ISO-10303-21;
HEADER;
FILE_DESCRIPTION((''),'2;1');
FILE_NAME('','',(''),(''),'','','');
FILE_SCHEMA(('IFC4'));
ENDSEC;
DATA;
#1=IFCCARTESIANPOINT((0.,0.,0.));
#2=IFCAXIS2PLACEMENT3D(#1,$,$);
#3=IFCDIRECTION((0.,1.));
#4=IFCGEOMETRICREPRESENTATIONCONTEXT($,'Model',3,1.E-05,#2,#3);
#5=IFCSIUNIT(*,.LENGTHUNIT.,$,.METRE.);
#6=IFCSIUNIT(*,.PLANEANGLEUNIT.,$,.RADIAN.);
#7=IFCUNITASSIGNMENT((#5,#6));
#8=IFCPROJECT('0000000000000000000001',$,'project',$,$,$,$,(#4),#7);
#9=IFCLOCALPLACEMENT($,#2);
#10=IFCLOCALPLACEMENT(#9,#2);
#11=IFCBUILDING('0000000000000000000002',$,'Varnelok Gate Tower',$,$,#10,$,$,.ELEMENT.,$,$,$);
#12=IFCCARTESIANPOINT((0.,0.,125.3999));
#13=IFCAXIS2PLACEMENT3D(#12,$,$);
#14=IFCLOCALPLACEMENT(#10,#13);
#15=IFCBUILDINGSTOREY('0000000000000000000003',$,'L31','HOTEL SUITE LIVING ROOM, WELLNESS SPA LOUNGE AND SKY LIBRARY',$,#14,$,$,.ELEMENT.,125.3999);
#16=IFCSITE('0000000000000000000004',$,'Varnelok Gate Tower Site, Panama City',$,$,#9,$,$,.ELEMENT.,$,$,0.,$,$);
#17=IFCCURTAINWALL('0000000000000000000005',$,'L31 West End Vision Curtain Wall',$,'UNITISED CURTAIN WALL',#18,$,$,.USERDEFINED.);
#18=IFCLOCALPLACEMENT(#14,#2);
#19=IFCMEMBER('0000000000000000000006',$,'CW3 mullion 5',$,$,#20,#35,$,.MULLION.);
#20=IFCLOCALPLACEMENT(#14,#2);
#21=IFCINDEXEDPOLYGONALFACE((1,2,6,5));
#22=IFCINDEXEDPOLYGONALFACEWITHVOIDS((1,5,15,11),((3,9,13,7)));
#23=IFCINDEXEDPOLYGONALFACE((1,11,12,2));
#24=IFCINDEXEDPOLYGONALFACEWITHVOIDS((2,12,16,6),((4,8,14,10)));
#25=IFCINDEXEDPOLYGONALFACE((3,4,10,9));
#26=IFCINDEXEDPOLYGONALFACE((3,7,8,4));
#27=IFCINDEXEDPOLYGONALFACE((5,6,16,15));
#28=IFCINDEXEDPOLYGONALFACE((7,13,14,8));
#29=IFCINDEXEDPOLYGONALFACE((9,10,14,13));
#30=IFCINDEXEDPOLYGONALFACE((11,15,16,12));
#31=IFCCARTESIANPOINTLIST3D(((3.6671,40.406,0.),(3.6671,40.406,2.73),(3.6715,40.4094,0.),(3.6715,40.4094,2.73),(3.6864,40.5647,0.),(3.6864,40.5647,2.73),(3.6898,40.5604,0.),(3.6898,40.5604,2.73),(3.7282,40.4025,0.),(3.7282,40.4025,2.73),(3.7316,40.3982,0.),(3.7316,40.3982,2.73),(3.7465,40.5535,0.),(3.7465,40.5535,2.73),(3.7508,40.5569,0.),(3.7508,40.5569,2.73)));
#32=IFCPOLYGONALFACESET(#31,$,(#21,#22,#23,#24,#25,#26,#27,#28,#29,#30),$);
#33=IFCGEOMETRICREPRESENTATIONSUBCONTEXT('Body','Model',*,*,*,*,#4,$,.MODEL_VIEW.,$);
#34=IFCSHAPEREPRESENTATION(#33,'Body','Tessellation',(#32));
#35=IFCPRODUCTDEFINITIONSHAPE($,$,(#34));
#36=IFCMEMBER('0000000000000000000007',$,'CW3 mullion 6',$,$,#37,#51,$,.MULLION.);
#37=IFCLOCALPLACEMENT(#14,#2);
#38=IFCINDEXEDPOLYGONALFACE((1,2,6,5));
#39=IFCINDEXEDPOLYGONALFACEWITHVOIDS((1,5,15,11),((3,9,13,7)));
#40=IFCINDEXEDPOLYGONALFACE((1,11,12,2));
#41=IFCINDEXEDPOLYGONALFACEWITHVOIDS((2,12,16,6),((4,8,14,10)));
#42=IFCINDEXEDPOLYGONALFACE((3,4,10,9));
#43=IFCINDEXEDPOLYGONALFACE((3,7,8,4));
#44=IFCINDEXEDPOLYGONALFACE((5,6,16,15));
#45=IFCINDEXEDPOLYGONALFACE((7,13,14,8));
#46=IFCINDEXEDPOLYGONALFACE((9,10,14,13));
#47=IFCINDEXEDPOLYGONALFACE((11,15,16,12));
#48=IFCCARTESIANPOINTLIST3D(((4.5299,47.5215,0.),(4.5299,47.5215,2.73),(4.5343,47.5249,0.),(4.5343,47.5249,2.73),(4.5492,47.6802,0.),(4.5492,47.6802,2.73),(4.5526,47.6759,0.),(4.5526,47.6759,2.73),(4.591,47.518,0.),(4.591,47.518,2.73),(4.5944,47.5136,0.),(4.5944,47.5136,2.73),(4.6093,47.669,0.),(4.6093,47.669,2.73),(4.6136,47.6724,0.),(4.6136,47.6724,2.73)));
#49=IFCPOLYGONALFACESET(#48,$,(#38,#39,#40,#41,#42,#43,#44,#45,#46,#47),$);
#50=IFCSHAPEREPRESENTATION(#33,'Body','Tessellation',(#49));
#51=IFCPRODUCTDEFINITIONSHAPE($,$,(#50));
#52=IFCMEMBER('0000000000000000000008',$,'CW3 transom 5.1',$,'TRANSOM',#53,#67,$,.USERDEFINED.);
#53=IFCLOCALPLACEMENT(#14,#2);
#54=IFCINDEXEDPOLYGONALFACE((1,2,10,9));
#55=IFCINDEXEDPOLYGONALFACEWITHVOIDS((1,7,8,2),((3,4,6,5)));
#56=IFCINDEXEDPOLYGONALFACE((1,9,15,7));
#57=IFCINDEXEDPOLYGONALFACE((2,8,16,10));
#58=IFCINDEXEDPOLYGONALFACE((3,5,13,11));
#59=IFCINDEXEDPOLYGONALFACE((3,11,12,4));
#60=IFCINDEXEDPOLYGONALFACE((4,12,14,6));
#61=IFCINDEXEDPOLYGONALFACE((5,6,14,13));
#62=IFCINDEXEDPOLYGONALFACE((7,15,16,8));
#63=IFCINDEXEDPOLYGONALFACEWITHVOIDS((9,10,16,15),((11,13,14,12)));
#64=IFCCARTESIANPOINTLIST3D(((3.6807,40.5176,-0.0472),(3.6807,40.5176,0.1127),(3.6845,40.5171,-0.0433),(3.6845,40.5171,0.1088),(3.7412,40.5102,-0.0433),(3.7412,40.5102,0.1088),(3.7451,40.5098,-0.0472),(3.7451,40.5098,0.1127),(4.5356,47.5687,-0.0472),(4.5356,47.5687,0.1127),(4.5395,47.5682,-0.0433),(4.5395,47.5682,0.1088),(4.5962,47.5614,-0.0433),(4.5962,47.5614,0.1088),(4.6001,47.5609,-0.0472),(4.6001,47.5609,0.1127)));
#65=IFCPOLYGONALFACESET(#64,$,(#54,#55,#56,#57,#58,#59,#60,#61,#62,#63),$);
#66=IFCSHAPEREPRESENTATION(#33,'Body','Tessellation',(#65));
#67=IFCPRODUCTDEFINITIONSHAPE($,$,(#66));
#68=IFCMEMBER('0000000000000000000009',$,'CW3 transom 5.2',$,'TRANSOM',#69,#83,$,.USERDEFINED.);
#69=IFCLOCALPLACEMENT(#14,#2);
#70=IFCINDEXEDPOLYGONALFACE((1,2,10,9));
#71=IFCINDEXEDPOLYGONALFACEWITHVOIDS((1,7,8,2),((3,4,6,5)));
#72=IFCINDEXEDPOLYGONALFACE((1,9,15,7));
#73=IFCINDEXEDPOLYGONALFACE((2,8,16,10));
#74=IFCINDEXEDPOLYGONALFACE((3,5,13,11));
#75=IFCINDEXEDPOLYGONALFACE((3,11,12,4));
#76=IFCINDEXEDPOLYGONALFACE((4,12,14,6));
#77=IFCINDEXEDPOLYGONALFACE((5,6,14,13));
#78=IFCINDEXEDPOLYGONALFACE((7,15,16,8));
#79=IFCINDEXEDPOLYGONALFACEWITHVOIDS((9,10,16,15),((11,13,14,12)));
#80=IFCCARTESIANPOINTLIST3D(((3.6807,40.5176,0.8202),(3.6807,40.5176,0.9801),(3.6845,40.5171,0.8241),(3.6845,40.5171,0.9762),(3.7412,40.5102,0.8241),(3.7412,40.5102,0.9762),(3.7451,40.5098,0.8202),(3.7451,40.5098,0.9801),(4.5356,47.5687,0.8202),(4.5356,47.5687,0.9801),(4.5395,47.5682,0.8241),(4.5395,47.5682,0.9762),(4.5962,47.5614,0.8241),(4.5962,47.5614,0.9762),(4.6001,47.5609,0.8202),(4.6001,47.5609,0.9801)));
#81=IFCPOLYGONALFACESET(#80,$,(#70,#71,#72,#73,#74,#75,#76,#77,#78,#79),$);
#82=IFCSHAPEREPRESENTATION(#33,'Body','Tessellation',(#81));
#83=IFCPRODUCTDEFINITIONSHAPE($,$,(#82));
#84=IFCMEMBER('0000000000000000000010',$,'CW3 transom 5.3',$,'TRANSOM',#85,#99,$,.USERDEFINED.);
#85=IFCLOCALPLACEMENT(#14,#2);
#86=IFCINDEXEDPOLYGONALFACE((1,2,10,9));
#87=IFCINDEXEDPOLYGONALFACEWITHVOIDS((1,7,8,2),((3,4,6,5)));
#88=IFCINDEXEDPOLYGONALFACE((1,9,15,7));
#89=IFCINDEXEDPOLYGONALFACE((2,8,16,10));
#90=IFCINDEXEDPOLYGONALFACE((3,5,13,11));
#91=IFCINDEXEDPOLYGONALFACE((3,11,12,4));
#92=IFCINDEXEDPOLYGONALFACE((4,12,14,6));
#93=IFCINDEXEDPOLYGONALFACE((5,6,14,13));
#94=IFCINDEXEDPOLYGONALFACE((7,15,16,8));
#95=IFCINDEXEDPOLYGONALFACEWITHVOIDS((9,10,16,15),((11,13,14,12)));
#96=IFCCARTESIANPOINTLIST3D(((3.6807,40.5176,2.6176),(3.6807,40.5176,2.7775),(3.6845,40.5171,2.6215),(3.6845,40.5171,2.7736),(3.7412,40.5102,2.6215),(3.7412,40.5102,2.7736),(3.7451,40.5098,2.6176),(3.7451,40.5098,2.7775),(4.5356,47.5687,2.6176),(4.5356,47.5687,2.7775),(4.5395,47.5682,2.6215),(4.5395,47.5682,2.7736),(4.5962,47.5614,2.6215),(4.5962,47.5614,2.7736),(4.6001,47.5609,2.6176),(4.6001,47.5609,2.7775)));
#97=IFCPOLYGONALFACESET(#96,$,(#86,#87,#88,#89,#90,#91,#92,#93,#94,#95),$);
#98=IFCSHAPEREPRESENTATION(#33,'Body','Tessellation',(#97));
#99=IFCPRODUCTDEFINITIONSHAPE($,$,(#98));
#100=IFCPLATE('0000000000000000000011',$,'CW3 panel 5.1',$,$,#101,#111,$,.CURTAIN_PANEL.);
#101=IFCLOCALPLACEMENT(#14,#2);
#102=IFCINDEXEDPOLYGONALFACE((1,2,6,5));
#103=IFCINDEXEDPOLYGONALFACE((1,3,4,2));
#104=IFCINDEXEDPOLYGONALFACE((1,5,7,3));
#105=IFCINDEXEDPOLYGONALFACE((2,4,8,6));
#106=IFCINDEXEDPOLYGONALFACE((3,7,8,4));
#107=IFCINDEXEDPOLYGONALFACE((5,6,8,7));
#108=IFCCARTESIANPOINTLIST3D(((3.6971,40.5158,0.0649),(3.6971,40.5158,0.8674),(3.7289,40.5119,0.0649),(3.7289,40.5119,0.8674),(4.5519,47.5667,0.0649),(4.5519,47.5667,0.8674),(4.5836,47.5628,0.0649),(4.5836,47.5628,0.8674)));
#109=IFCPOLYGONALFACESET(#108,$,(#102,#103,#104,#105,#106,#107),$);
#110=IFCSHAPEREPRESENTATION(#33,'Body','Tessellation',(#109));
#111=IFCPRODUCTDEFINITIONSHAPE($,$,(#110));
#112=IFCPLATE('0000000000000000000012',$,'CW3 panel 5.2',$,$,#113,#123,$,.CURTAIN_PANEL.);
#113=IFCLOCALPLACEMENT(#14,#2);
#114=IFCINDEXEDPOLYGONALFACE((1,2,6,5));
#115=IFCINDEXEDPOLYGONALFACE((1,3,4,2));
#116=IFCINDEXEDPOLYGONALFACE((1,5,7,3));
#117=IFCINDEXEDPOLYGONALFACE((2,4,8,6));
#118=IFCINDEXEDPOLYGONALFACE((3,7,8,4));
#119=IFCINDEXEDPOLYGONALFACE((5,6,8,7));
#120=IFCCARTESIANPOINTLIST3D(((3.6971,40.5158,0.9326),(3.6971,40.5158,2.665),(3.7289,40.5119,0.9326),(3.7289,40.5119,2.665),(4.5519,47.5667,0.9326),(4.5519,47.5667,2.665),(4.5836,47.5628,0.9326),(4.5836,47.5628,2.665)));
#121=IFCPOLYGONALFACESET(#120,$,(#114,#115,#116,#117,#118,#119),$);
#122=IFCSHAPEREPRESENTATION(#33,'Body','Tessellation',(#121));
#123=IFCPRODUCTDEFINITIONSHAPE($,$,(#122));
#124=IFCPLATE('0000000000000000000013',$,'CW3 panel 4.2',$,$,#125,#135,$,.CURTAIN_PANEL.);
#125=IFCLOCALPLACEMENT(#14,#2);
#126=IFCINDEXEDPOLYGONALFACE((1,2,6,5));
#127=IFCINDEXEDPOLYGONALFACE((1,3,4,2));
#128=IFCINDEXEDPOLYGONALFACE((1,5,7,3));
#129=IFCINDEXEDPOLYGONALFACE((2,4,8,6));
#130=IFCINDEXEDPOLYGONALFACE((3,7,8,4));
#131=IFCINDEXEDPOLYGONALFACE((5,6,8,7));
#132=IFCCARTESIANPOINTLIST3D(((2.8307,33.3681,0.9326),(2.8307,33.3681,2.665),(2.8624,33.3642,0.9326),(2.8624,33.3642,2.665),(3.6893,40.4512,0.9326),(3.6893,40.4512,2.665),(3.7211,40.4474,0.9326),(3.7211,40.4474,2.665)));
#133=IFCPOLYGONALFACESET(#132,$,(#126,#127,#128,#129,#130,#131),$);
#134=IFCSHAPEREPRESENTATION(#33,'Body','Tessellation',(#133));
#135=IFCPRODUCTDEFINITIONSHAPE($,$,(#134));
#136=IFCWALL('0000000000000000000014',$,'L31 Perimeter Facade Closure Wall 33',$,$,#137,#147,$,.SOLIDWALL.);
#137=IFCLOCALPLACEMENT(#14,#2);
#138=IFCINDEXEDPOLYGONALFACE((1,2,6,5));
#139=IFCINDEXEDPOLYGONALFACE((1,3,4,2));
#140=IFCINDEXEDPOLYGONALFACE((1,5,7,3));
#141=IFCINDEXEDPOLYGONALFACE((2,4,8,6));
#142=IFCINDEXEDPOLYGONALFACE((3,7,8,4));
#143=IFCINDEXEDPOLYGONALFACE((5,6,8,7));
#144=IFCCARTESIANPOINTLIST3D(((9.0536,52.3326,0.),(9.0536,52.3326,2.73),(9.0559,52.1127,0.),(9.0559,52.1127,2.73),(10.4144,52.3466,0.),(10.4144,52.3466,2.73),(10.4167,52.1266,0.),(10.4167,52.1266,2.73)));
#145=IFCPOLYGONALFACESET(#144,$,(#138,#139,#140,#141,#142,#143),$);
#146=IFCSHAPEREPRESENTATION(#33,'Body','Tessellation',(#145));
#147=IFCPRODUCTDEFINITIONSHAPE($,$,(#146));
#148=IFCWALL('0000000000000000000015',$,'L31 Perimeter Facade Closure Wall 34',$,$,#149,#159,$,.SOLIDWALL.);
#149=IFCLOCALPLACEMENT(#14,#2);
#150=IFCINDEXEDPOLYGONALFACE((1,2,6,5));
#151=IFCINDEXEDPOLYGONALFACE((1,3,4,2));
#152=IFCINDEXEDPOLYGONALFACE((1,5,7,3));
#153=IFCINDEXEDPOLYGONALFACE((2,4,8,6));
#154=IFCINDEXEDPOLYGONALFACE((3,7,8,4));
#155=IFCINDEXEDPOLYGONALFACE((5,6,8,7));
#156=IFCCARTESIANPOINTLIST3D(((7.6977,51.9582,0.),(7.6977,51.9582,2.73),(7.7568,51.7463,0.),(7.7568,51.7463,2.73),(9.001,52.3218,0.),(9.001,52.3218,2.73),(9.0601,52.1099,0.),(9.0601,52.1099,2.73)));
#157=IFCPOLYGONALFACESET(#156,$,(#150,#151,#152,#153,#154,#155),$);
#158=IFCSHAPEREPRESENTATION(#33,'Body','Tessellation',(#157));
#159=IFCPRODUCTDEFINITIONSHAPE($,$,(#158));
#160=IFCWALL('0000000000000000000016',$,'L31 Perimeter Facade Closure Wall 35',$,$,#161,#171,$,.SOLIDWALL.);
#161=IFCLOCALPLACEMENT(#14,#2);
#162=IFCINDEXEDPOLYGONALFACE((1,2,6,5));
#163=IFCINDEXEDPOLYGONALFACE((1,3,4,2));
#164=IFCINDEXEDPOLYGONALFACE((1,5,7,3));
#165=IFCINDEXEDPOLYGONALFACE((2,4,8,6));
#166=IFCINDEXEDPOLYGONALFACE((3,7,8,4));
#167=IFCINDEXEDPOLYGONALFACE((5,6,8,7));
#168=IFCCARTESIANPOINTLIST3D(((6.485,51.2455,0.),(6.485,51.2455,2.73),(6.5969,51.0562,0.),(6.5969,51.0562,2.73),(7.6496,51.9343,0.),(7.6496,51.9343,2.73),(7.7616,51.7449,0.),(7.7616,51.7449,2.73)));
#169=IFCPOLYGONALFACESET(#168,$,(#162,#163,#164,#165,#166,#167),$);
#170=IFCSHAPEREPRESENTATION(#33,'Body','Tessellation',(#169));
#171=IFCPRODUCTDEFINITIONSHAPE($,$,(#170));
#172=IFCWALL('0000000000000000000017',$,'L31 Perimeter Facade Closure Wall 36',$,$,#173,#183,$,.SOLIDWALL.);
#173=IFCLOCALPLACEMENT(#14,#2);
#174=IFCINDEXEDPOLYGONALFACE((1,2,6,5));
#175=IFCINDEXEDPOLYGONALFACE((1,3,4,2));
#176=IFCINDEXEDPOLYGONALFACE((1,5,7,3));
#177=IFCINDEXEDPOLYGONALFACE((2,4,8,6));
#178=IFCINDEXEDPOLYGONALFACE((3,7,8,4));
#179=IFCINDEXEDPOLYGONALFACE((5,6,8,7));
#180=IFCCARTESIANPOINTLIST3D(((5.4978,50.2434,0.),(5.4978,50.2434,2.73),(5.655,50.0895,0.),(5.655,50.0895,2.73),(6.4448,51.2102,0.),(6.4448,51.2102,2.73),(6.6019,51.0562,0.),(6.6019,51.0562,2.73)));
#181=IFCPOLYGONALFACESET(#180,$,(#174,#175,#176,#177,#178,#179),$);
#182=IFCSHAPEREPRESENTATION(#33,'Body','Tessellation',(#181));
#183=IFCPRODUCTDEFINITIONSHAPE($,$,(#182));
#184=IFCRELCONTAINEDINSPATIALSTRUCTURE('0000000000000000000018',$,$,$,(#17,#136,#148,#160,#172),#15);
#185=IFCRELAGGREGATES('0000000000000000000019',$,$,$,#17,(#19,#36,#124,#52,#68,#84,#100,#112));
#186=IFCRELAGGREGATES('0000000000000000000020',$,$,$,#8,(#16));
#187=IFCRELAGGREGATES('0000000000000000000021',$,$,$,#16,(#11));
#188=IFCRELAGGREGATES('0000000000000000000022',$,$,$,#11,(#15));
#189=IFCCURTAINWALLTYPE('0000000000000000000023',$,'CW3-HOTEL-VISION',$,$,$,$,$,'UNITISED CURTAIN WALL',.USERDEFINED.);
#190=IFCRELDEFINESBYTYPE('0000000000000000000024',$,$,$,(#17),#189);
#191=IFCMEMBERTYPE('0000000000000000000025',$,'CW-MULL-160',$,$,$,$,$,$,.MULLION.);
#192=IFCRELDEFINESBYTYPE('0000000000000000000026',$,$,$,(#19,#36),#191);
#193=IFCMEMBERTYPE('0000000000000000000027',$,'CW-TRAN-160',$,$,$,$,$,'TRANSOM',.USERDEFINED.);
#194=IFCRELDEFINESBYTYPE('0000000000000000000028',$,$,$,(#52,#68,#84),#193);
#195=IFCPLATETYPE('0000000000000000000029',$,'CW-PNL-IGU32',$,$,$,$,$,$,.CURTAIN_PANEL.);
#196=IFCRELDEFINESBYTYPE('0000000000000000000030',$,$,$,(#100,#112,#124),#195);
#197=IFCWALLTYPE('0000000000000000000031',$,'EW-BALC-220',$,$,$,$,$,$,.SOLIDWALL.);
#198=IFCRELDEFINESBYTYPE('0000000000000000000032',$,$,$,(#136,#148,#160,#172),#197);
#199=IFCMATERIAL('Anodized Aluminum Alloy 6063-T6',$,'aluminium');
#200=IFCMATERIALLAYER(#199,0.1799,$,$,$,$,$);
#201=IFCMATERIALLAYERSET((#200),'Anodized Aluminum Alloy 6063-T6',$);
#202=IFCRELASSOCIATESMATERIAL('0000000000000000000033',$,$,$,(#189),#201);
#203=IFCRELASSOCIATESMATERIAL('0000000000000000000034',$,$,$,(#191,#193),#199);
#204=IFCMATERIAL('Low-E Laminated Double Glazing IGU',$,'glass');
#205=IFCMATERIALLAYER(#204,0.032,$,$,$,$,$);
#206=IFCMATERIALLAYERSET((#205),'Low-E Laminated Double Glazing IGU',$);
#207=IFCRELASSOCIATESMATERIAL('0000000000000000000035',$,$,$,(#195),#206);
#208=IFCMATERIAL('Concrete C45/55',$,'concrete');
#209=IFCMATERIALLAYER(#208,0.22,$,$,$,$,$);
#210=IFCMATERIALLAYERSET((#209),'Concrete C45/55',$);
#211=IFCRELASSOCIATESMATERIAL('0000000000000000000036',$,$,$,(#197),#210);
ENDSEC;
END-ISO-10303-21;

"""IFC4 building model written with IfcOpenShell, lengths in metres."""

from ifc_helpers import new_model, si_unit, direction, frame, frame_2d, origin, origin_2d, place, context, subcontext, project, spatial, rectangle, hollow_rectangle, extrude, source, transform, mapped, material, layer, layer_set, material_profile, profile_set, type_object, element, aggregate, save


model = new_model("IFC4")

# Units and contexts
model_context = context("Model", 3, precision=1e-05, world=origin(), true_north=direction((0.0, 1.0)))
body_context = subcontext(model_context, "Body", "Model", "MODEL_VIEW")
ifc_project = project(units=[si_unit("LENGTHUNIT", "METRE"), si_unit("PLANEANGLEUNIT", "RADIAN")], contexts=[model_context])

# Site, building, storey
site_placement = place(None, origin())
site = spatial("IfcSite", under=ifc_project, at=site_placement, Name="Varnelok Gate Tower Site, Panama City", CompositionType="ELEMENT", RefElevation=0.0)
building_placement = place(site_placement, origin())
building = spatial("IfcBuilding", under=site, at=building_placement, Name="Varnelok Gate Tower", CompositionType="ELEMENT")
storey_placement = place(building_placement, frame((0.0, 0.0, 125.3999)))
storey = spatial("IfcBuildingStorey", under=building, at=storey_placement, Name="L31", Description="HOTEL SUITE LIVING ROOM, WELLNESS SPA LOUNGE AND SKY LIBRARY", CompositionType="ELEMENT", Elevation=125.3999)

# Curtain wall, members, plates
ifc_material_1 = material(Name="Anodized Aluminum Alloy 6063-T6", Category="aluminium")
ifc_layer_1 = layer(ifc_material_1, 0.1799)
ifc_layer_set_1 = layer_set([ifc_layer_1], Name="Anodized Aluminum Alloy 6063-T6")
curtain_wall_type = type_object("IfcCurtainWallType", Name="CW3-HOTEL-VISION", ElementType="UNITISED CURTAIN WALL", PredefinedType="USERDEFINED", material=ifc_layer_set_1)
curtain_wall_placement = place(storey_placement, origin())
curtain_wall = element("IfcCurtainWall", 1, at=curtain_wall_placement, inside=storey, type_object=curtain_wall_type, Name="L31 West End Vision Curtain Wall", ObjectType="UNITISED CURTAIN WALL", PredefinedType="USERDEFINED")
ifc_material_profile_1 = material_profile(ifc_material_1, hollow_rectangle(XDim=0.0649, YDim=0.1599, WallThickness=0.0039, at=origin_2d()), Name="ALU160X65X4")
ifc_profile_set_1 = profile_set([ifc_material_profile_1], Name="Anodized Aluminum Alloy 6063-T6")
member_type_1 = type_object("IfcMemberType", Name="CW-MULL-160", PredefinedType="MULLION", material=ifc_profile_set_1)
member_1_placement = place(storey_placement, frame((3.709, 40.4814, 0.0), z_axis=(0.0, 0.0, 1.0), x_axis=(-0.992732, 0.120347, 0.0)))
member_1 = element("IfcMember", 2, at=member_1_placement, type_object=member_type_1, Name="CW3 mullion 5", PredefinedType="MULLION", context=body_context, shape_type="SweptSolid", body=[
    extrude(hollow_rectangle(XDim=0.0649, YDim=0.1599, WallThickness=0.0039, at=origin_2d()), origin(), (0.0, 0.0, 1.0), 2.73),
])
member_2_placement = place(storey_placement, frame((4.5718, 47.5969, 0.0), z_axis=(0.0, 0.0, 1.0), x_axis=(-0.992732, 0.120347, 0.0)))
member_2 = element("IfcMember", 3, at=member_2_placement, type_object=member_type_1, Name="CW3 mullion 6", PredefinedType="MULLION", context=body_context, shape_type="SweptSolid", body=[
    extrude(hollow_rectangle(XDim=0.0649, YDim=0.1599, WallThickness=0.0039, at=origin_2d()), origin(), (0.0, 0.0, 1.0), 2.73),
])
ifc_material_profile_2 = material_profile(ifc_material_1, hollow_rectangle(XDim=0.0649, YDim=0.1599, WallThickness=0.0039, at=origin_2d()), Name="ALU160X65X4")
ifc_profile_set_2 = profile_set([ifc_material_profile_2], Name="Anodized Aluminum Alloy 6063-T6")
member_type_2 = type_object("IfcMemberType", Name="CW-TRAN-160", ElementType="TRANSOM", PredefinedType="USERDEFINED", material=ifc_profile_set_2)
member_3_placement = place(storey_placement, frame((3.7129, 40.5137, 0.0327), z_axis=(0.120374, 0.992729, 0.0), x_axis=(-0.992729, 0.120374, 0.0)))
member_3 = element("IfcMember", 4, at=member_3_placement, type_object=member_type_2, Name="CW3 transom 5.1", ObjectType="TRANSOM", PredefinedType="USERDEFINED", context=body_context, shape_type="SweptSolid", body=[
    extrude(hollow_rectangle(XDim=0.0649, YDim=0.1599, WallThickness=0.0039, at=origin_2d()), origin(), (0.0, 0.0, 1.0), 7.1028),
])
member_4_placement = place(storey_placement, frame((3.7129, 40.5137, 0.9001), z_axis=(0.120374, 0.992729, 0.0), x_axis=(-0.992729, 0.120374, 0.0)))
member_4 = element("IfcMember", 5, at=member_4_placement, type_object=member_type_2, Name="CW3 transom 5.2", ObjectType="TRANSOM", PredefinedType="USERDEFINED", context=body_context, shape_type="SweptSolid", body=[
    extrude(hollow_rectangle(XDim=0.0649, YDim=0.1599, WallThickness=0.0039, at=origin_2d()), origin(), (0.0, 0.0, 1.0), 7.1028),
])
member_5_placement = place(storey_placement, frame((3.7129, 40.5137, 2.6975), z_axis=(0.120374, 0.992729, 0.0), x_axis=(-0.992729, 0.120374, 0.0)))
member_5 = element("IfcMember", 6, at=member_5_placement, type_object=member_type_2, Name="CW3 transom 5.3", ObjectType="TRANSOM", PredefinedType="USERDEFINED", context=body_context, shape_type="SweptSolid", body=[
    extrude(hollow_rectangle(XDim=0.0649, YDim=0.1599, WallThickness=0.0039, at=origin_2d()), origin(), (0.0, 0.0, 1.0), 7.1028),
])
ifc_material_2 = material(Name="Low-E Laminated Double Glazing IGU", Category="glass")
ifc_layer_2 = layer(ifc_material_2, 0.032)
ifc_layer_set_2 = layer_set([ifc_layer_2], Name="Low-E Laminated Double Glazing IGU")
plate_type = type_object("IfcPlateType", Name="CW-PNL-IGU32", PredefinedType="CURTAIN_PANEL", material=ifc_layer_set_2)
shared_shape_1 = source(origin(), body_context, "Body", "SweptSolid", [
    extrude(rectangle(XDim=7.1025, YDim=0.032, at=origin_2d()), origin(), (0.0, 0.0, 1.0), 0.8025),
])
plate_1_placement = place(storey_placement, frame((4.1404, 44.0393, 0.0649), z_axis=(0.0, 0.0, 1.0), x_axis=(0.120347, 0.992732, 0.0)))
plate_1 = element("IfcPlate", 7, at=plate_1_placement, type_object=plate_type, Name="CW3 panel 5.1", PredefinedType="CURTAIN_PANEL", context=body_context, shape_type="MappedRepresentation", body=[
    mapped(shared_shape_1, transform((0.0, 0.0, 0.0), scale=1.0)),
])
shared_shape_2 = source(origin(), body_context, "Body", "SweptSolid", [
    extrude(rectangle(XDim=7.1025, YDim=0.032, at=origin_2d()), origin(), (0.0, 0.0, 1.0), 1.7324),
])
plate_2_placement = place(storey_placement, frame((4.1404, 44.0393, 0.9326), z_axis=(0.0, 0.0, 1.0), x_axis=(0.120347, 0.992732, 0.0)))
plate_2 = element("IfcPlate", 8, at=plate_2_placement, type_object=plate_type, Name="CW3 panel 5.2", PredefinedType="CURTAIN_PANEL", context=body_context, shape_type="MappedRepresentation", body=[
    mapped(shared_shape_2, transform((0.0, 0.0, 0.0), scale=1.0)),
])
shared_shape_3 = source(origin(), body_context, "Body", "SweptSolid", [
    extrude(rectangle(XDim=7.135, YDim=0.032, at=origin_2d()), origin(), (0.0, 0.0, 1.0), 1.7324),
])
plate_3_placement = place(storey_placement, frame((3.2759, 36.9077, 0.9326), z_axis=(0.0, 0.0, 1.0), x_axis=(0.120347, 0.992732, 0.0)))
plate_3 = element("IfcPlate", 9, at=plate_3_placement, type_object=plate_type, Name="CW3 panel 4.2", PredefinedType="CURTAIN_PANEL", context=body_context, shape_type="MappedRepresentation", body=[
    mapped(shared_shape_3, transform((0.0, 0.0, 0.0), scale=1.0)),
])
aggregate(curtain_wall, [member_1, member_2, plate_3, member_3, member_4, member_5, plate_1, plate_2])

# Walls
ifc_material_3 = material(Name="Concrete C45/55", Category="concrete")
ifc_layer_3 = layer(ifc_material_3, 0.22)
ifc_layer_set_3 = layer_set([ifc_layer_3], Name="Concrete C45/55")
wall_type_1 = type_object("IfcWallType", Name="EW-BALC-220", PredefinedType="SOLIDWALL", material=ifc_layer_set_3)
wall_1_placement = place(storey_placement, frame((10.4155, 52.2366, 0.0), z_axis=(0.0, 0.0, 1.0), x_axis=(-0.999948, -0.010226, 0.0)))
element("IfcWall", 10, at=wall_1_placement, inside=storey, type_object=wall_type_1, Name="L31 Perimeter Facade Closure Wall 33", PredefinedType="SOLIDWALL", context=body_context, shape_type="SweptSolid", body=[
    extrude(rectangle(XDim=1.3608, YDim=0.22, at=frame_2d((0.6804, 0.0))), origin(), (0.0, 0.0, 1.0), 2.73),
])
for number, where, z_axis, x_axis, name in (
    (11, (9.0305, 52.2158, 0.0), (0.0, 0.0, 1.0), (-0.963228, -0.268686, 0.0), "L31 Perimeter Facade Closure Wall 34"),
    (12, (7.7056, 51.8396, 0.0), (0.0, 0.0, 1.0), (-0.86074, -0.509045, 0.0), "L31 Perimeter Facade Closure Wall 35"),
):
    element("IfcWall", number, at=place(storey_placement, frame(where, z_axis=z_axis, x_axis=x_axis)), inside=storey, type_object=wall_type_1, Name=name, PredefinedType="SOLIDWALL", context=body_context, shape_type="SweptSolid", body=[
        extrude(rectangle(XDim=1.353, YDim=0.22, at=frame_2d((0.6765, 0.0))), origin(), (0.0, 0.0, 1.0), 2.73),
    ])
wall_2_placement = place(storey_placement, frame((6.5234, 51.1333, 0.0), z_axis=(0.0, 0.0, 1.0), x_axis=(-0.699763, -0.714375, 0.0)))
element("IfcWall", 13, at=wall_2_placement, inside=storey, type_object=wall_type_1, Name="L31 Perimeter Facade Closure Wall 36", PredefinedType="SOLIDWALL", context=body_context, shape_type="SweptSolid", body=[
    extrude(rectangle(XDim=1.3533, YDim=0.22, at=frame_2d((0.6768, 0.0))), origin(), (0.0, 0.0, 1.0), 2.73),
])

save(model, "model.ifc")
